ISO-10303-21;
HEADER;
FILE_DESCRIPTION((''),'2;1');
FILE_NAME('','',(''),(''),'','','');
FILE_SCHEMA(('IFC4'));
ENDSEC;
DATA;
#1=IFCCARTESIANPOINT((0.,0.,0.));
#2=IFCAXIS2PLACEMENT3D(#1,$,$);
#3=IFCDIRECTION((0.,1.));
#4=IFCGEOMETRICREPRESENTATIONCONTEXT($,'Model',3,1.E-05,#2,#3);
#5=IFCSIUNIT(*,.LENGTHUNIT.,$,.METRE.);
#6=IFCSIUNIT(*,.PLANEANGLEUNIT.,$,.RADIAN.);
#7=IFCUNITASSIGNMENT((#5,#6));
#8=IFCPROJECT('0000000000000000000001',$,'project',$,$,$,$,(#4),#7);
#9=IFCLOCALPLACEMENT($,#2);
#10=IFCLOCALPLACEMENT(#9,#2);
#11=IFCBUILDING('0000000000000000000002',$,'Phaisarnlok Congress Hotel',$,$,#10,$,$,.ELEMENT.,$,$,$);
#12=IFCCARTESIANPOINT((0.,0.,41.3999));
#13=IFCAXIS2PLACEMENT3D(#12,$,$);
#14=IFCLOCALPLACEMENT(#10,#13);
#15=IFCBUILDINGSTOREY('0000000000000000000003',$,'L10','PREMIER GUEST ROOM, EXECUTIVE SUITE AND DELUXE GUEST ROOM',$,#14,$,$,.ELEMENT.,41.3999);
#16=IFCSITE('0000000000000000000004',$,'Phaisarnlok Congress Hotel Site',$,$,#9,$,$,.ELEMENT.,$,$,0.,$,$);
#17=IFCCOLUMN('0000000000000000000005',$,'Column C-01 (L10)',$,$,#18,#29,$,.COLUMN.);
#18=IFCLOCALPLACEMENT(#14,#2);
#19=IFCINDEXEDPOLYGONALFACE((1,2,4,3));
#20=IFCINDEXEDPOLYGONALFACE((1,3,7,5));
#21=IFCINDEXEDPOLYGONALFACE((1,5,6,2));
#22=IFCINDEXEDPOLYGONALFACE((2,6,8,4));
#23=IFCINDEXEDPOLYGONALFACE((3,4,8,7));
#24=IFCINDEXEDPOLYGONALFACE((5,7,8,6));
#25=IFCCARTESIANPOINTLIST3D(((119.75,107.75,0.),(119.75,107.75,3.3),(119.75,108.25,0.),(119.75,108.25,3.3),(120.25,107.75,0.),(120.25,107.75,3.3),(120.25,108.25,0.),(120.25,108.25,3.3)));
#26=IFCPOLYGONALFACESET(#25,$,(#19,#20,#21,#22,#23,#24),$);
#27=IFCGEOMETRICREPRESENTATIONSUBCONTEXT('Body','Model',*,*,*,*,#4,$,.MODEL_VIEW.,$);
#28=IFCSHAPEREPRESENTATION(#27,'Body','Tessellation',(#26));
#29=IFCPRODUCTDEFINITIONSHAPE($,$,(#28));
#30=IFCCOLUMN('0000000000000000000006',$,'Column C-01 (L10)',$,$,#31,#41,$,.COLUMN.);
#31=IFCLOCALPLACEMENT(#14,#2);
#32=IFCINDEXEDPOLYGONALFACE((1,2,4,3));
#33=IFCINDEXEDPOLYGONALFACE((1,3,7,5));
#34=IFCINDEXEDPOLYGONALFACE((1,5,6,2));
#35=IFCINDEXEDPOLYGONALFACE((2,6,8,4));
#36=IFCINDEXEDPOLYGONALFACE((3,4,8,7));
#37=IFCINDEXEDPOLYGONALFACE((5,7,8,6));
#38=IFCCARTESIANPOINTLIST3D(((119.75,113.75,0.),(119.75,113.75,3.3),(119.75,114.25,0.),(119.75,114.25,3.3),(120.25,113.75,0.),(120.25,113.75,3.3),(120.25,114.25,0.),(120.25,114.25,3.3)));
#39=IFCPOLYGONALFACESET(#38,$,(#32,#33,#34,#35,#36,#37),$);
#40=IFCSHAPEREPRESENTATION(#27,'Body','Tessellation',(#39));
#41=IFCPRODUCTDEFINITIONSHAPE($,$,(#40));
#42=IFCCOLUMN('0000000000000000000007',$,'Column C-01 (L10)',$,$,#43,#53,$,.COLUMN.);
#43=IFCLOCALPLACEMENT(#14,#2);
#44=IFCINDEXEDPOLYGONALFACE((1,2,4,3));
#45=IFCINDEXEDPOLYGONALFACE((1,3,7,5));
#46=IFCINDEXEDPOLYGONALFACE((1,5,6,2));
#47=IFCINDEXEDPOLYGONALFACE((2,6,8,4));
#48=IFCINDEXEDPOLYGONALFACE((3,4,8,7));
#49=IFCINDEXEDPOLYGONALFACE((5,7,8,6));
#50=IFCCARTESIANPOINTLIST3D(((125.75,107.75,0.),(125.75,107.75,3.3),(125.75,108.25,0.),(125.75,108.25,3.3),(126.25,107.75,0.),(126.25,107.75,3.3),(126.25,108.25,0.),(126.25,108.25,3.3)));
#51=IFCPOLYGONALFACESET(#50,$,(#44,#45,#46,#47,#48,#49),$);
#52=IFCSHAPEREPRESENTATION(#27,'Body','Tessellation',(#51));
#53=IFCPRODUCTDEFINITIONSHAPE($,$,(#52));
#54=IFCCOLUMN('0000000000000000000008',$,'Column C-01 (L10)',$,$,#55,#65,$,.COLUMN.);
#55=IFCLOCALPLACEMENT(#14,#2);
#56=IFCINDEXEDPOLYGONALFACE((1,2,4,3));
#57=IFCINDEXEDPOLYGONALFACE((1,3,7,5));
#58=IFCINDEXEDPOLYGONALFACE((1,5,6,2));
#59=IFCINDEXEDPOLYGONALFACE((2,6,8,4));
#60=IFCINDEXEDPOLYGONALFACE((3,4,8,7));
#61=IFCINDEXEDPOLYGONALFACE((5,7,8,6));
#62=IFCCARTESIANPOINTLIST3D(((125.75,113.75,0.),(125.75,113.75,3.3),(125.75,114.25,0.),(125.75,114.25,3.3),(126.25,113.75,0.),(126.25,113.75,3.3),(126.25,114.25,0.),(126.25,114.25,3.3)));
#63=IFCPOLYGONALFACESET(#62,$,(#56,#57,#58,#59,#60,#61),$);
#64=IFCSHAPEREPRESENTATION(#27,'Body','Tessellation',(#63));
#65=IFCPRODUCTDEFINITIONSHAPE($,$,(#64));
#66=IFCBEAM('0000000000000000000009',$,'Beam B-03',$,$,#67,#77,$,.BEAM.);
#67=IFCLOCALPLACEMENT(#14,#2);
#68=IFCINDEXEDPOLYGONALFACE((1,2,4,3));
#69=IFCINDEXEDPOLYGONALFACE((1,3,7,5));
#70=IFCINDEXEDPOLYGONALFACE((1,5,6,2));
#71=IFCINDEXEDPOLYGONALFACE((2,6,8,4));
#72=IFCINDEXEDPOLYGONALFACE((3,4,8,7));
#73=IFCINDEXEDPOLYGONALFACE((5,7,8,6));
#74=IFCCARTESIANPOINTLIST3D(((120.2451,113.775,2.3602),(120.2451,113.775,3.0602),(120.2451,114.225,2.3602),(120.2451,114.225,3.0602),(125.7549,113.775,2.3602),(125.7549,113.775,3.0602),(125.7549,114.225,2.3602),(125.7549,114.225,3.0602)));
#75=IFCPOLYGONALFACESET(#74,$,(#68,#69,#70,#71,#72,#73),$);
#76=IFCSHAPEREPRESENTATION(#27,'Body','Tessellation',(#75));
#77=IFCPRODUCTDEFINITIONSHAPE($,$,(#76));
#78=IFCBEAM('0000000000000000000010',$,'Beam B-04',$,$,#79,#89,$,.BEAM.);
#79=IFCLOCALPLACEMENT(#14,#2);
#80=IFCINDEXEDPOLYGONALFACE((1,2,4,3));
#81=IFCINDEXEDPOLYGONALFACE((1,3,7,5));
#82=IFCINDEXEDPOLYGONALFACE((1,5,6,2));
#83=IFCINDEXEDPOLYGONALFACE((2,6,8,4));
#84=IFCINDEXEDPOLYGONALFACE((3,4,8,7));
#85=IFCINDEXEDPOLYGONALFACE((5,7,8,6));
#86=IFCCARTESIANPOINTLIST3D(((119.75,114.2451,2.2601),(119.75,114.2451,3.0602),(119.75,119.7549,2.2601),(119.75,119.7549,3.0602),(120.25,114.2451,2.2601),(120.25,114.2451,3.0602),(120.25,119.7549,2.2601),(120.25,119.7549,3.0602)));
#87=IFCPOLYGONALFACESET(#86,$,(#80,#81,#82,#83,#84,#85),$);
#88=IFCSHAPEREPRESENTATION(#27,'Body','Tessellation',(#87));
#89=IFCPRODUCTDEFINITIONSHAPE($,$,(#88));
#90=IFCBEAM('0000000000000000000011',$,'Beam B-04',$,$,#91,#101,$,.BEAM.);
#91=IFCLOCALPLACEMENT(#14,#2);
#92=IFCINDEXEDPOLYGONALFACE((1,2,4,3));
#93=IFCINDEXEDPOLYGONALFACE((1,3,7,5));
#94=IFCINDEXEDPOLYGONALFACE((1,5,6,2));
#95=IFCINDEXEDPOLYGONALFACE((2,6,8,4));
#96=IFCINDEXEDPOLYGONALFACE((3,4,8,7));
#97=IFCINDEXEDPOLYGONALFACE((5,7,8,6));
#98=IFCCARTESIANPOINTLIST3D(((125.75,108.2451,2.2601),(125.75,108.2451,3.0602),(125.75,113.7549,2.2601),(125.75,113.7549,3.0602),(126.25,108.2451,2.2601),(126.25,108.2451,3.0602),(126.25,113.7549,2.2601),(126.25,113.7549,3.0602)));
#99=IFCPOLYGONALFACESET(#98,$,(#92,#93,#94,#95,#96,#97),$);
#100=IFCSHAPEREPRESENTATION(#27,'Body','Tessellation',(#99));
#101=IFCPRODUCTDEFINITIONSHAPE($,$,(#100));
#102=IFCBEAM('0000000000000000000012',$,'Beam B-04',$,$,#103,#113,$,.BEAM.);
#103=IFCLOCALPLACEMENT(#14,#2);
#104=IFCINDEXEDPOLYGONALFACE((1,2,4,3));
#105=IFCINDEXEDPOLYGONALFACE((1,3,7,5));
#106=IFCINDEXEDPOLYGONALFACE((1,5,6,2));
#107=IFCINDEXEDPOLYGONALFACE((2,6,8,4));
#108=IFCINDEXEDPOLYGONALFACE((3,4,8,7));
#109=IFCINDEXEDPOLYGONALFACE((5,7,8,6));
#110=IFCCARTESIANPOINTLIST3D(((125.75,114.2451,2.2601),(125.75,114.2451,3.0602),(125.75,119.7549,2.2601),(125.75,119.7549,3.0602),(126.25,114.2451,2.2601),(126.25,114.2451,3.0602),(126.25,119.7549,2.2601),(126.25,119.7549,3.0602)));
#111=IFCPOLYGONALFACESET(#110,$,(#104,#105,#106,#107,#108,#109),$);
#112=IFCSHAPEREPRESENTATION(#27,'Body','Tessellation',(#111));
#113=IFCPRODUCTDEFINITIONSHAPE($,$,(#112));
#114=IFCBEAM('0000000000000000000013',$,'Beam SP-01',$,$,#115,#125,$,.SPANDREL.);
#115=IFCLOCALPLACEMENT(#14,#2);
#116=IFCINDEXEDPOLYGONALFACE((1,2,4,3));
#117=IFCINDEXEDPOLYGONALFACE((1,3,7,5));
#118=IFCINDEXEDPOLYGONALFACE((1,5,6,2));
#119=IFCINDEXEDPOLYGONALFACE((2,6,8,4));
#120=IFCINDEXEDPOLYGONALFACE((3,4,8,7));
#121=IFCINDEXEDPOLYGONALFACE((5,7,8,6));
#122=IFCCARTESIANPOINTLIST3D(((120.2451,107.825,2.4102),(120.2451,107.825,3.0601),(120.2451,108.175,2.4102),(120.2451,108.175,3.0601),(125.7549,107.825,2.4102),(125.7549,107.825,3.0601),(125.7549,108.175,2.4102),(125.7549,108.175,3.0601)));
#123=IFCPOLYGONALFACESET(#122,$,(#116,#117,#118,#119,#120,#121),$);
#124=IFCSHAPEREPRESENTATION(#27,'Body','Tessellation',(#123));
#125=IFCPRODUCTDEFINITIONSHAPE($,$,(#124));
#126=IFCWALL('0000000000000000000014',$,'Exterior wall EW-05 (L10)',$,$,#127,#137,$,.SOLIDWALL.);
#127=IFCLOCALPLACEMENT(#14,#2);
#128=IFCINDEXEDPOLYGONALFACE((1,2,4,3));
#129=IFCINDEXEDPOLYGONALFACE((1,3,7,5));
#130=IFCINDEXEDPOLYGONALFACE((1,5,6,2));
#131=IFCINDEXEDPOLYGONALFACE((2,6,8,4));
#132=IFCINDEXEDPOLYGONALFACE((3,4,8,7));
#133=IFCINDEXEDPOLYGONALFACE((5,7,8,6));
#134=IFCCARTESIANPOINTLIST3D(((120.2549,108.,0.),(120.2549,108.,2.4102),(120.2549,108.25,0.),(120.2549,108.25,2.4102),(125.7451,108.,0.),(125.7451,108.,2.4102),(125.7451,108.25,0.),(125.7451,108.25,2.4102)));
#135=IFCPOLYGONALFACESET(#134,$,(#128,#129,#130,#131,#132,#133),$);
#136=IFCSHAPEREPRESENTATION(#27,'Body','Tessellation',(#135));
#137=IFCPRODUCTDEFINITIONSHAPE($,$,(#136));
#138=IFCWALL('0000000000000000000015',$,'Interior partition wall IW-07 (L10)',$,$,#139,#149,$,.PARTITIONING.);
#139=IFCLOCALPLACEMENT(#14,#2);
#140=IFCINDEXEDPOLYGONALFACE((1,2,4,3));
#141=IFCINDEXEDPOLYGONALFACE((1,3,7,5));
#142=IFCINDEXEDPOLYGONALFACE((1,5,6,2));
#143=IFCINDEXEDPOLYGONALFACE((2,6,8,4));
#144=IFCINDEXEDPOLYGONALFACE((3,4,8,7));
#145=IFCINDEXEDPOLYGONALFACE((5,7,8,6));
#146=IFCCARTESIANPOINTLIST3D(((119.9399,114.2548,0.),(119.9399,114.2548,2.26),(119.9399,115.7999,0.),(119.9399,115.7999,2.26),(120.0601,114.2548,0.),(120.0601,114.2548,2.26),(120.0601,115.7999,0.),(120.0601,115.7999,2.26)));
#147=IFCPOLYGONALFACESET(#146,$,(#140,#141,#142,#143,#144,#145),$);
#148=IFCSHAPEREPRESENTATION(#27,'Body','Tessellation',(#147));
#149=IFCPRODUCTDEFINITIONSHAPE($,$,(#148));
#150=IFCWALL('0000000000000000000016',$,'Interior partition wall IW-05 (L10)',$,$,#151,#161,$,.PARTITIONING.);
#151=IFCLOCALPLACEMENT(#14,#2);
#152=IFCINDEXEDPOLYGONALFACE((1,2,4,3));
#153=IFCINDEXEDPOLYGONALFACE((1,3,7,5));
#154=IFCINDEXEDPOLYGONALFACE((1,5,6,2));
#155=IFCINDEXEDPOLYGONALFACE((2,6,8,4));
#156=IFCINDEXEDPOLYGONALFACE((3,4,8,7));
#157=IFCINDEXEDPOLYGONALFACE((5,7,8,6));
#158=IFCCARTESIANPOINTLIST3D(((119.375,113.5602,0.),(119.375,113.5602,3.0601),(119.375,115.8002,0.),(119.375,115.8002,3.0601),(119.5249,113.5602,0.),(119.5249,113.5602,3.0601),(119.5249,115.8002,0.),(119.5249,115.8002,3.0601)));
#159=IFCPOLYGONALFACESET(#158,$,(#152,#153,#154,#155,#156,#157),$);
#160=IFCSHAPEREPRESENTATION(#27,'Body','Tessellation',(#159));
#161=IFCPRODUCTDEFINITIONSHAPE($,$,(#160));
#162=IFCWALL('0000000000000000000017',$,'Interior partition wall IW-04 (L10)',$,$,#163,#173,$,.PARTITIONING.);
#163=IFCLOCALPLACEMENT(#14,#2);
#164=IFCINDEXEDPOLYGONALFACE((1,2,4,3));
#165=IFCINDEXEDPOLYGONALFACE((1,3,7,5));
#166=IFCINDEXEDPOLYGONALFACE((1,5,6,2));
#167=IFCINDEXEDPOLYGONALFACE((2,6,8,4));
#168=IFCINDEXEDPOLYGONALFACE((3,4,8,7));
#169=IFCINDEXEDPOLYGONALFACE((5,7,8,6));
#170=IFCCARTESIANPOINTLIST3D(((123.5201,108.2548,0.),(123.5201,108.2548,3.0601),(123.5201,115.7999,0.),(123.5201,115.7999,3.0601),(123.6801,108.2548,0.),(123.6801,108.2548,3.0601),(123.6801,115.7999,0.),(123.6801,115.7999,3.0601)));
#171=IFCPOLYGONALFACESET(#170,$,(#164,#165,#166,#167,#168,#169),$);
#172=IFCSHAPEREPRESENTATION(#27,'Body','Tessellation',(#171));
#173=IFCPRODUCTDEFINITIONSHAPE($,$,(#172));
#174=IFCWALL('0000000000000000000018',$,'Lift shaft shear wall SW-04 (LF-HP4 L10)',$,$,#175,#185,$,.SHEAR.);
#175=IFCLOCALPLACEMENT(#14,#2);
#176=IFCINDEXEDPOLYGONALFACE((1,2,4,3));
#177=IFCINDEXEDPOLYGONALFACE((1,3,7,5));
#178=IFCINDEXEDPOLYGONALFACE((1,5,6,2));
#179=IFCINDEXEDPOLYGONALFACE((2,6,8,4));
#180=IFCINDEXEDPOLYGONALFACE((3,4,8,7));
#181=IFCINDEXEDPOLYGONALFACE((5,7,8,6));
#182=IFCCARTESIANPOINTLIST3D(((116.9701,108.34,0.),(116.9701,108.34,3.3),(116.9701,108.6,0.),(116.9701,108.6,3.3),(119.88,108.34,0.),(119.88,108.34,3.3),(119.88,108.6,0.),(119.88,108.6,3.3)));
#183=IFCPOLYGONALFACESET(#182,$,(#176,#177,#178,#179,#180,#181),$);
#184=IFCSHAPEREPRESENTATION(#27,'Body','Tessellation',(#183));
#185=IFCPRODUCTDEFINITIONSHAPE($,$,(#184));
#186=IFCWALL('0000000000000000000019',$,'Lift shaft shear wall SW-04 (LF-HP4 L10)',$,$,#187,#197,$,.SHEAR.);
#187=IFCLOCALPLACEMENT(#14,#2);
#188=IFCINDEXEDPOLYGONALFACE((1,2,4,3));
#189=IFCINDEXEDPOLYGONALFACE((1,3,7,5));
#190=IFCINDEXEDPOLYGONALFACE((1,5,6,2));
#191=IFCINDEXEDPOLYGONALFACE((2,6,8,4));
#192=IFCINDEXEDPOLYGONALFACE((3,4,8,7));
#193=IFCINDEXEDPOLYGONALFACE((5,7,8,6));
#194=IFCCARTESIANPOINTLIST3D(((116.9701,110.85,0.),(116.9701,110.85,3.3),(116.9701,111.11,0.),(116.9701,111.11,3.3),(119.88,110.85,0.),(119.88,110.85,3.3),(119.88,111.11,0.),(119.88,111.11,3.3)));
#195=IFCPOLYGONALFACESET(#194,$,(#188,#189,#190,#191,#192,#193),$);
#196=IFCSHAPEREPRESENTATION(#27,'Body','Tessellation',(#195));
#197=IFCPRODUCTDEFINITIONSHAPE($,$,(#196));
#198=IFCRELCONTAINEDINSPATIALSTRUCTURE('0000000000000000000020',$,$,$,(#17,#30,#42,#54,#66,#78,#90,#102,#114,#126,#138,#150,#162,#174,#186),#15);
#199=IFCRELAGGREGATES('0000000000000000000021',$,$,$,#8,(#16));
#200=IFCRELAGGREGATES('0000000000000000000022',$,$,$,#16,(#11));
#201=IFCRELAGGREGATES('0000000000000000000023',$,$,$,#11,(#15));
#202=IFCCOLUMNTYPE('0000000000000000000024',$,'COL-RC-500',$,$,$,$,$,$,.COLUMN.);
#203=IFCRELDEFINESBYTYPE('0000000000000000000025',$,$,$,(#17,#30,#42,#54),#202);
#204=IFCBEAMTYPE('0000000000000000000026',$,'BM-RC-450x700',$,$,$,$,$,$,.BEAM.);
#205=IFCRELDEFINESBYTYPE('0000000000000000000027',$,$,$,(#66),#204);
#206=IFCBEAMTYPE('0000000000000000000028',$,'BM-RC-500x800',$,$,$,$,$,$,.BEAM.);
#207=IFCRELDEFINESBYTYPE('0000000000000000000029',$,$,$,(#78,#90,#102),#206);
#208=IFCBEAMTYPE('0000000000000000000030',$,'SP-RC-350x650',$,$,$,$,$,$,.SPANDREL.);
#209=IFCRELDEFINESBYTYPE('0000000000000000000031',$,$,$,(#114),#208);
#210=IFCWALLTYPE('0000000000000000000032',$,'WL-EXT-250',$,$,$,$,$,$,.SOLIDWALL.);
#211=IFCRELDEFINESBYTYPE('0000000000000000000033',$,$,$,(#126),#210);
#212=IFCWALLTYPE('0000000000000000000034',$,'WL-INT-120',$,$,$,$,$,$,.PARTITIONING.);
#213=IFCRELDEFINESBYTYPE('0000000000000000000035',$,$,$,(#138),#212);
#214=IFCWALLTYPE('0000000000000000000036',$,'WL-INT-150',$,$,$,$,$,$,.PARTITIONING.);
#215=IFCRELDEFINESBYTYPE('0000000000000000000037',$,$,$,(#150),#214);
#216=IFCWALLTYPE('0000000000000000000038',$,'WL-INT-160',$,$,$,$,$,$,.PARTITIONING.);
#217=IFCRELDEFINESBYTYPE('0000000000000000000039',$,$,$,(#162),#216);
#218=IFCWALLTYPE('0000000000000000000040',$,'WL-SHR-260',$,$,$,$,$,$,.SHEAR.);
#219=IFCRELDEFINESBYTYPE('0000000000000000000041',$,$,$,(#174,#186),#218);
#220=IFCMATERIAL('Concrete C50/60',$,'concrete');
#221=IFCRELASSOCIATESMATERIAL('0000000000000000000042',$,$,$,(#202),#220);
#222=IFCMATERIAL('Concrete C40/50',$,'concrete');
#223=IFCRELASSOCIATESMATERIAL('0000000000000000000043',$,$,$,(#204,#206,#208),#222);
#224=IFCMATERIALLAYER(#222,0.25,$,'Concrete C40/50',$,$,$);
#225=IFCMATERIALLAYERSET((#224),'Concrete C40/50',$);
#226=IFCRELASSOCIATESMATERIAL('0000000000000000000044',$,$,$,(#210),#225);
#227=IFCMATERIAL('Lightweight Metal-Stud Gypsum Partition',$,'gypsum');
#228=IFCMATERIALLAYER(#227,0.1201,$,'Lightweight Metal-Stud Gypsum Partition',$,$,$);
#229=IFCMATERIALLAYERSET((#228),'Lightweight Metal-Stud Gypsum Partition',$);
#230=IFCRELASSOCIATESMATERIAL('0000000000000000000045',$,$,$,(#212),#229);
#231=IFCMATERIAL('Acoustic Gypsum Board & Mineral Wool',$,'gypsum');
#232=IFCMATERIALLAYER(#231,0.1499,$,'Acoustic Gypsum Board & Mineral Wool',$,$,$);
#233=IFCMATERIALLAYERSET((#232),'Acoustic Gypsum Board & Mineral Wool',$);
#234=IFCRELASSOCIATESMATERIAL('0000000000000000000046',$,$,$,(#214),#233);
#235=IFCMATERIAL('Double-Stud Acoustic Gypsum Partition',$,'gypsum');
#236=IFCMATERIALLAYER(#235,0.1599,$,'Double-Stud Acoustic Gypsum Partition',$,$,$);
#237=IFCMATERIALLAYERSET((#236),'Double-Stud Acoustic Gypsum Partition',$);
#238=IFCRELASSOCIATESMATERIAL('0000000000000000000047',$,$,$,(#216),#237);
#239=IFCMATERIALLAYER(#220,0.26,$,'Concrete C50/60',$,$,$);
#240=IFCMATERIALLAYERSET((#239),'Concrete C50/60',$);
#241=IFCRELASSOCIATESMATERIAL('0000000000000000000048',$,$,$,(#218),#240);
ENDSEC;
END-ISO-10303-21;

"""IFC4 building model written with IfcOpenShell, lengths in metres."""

from ifc_helpers import new_model, si_unit, direction, frame, frame_2d, origin, origin_2d, place, context, subcontext, project, spatial, rectangle, extrude, material, layer, layer_set, material_profile, profile_set, type_object, element, save


model = new_model("IFC4")

# Units and contexts
model_context = context("Model", 3, precision=1e-05, world=origin(), true_north=direction((0.0, 1.0)))
body_context = subcontext(model_context, "Body", "Model", "MODEL_VIEW")
ifc_project = project(units=[si_unit("LENGTHUNIT", "METRE"), si_unit("PLANEANGLEUNIT", "RADIAN")], contexts=[model_context])

# Site, building, storey
site_placement = place(None, origin())
site = spatial("IfcSite", under=ifc_project, at=site_placement, Name="Phaisarnlok Congress Hotel Site", CompositionType="ELEMENT", RefElevation=0.0)
building_placement = place(site_placement, origin())
building = spatial("IfcBuilding", under=site, at=building_placement, Name="Phaisarnlok Congress Hotel", CompositionType="ELEMENT")
storey_placement = place(building_placement, frame((0.0, 0.0, 41.3999)))
storey = spatial("IfcBuildingStorey", under=building, at=storey_placement, Name="L10", Description="PREMIER GUEST ROOM, EXECUTIVE SUITE AND DELUXE GUEST ROOM", CompositionType="ELEMENT", Elevation=41.3999)

# Columns
ifc_material_1 = material(Name="Concrete C50/60", Category="concrete")
ifc_material_profile_1 = material_profile(ifc_material_1, rectangle(XDim=0.5, YDim=0.5, at=origin_2d()), Name="RC 500x500")
ifc_profile_set_1 = profile_set([ifc_material_profile_1], Name="Concrete C50/60")
column_type = type_object("IfcColumnType", Name="COL-RC-500", PredefinedType="COLUMN", material=ifc_profile_set_1)
for number, where, z_axis, x_axis, name in (
    (1, (120.0, 108.0, 0.0), (0.0, 0.0, 1.0), (1.0, 0.0, 0.0), "Column C-01 (L10)"),
    (2, (120.0, 114.0, 0.0), (0.0, 0.0, 1.0), (1.0, 0.0, 0.0), "Column C-01 (L10)"),
    (3, (126.0, 108.0, 0.0), (0.0, 0.0, 1.0), (1.0, 0.0, 0.0), "Column C-01 (L10)"),
    (4, (126.0, 114.0, 0.0), (0.0, 0.0, 1.0), (1.0, 0.0, 0.0), "Column C-01 (L10)"),
):
    element("IfcColumn", number, at=place(storey_placement, frame(where, z_axis=z_axis, x_axis=x_axis)), inside=storey, type_object=column_type, Name=name, PredefinedType="COLUMN", context=body_context, shape_type="SweptSolid", body=[
        extrude(rectangle(XDim=0.5, YDim=0.5, at=origin_2d()), origin(), (0.0, 0.0, 1.0), 3.3),
    ])

# Beams
ifc_material_2 = material(Name="Concrete C40/50", Category="concrete")
ifc_material_profile_2 = material_profile(ifc_material_2, rectangle(XDim=0.45, YDim=0.7, at=origin_2d()), Name="RC 450x700")
ifc_profile_set_2 = profile_set([ifc_material_profile_2], Name="Concrete C40/50")
beam_type_1 = type_object("IfcBeamType", Name="BM-RC-450x700", PredefinedType="BEAM", material=ifc_profile_set_2)
beam_1_placement = place(storey_placement, frame((120.2451, 114.0, 2.7102), z_axis=(1.0, 0.0, 0.0), x_axis=(0.0, 1.0, 0.0)))
element("IfcBeam", 5, at=beam_1_placement, inside=storey, type_object=beam_type_1, Name="Beam B-03", PredefinedType="BEAM", context=body_context, shape_type="SweptSolid", body=[
    extrude(rectangle(XDim=0.45, YDim=0.7, at=origin_2d()), origin(), (0.0, 0.0, 1.0), 5.5098),
])
ifc_material_profile_3 = material_profile(ifc_material_2, rectangle(XDim=0.5, YDim=0.8, at=origin_2d()), Name="RC 500x800")
ifc_profile_set_3 = profile_set([ifc_material_profile_3], Name="Concrete C40/50")
beam_type_2 = type_object("IfcBeamType", Name="BM-RC-500x800", PredefinedType="BEAM", material=ifc_profile_set_3)
for number, where, z_axis, x_axis, name in (
    (6, (120.0, 114.2451, 2.6602), (0.0, 1.0, 0.0), (-1.0, 0.0, 0.0), "Beam B-04"),
    (7, (126.0, 108.2451, 2.6602), (0.0, 1.0, 0.0), (-1.0, 0.0, 0.0), "Beam B-04"),
    (8, (126.0, 114.2451, 2.6602), (0.0, 1.0, 0.0), (-1.0, 0.0, 0.0), "Beam B-04"),
):
    element("IfcBeam", number, at=place(storey_placement, frame(where, z_axis=z_axis, x_axis=x_axis)), inside=storey, type_object=beam_type_2, Name=name, PredefinedType="BEAM", context=body_context, shape_type="SweptSolid", body=[
        extrude(rectangle(XDim=0.5, YDim=0.8, at=origin_2d()), origin(), (0.0, 0.0, 1.0), 5.5098),
    ])
ifc_material_profile_4 = material_profile(ifc_material_2, rectangle(XDim=0.3501, YDim=0.6499, at=origin_2d()), Name="RC 350x650")
ifc_profile_set_4 = profile_set([ifc_material_profile_4], Name="Concrete C40/50")
beam_type_3 = type_object("IfcBeamType", Name="SP-RC-350x650", PredefinedType="SPANDREL", material=ifc_profile_set_4)
beam_2_placement = place(storey_placement, frame((120.2451, 108.0, 2.7351), z_axis=(1.0, 0.0, 0.0), x_axis=(0.0, 1.0, 0.0)))
element("IfcBeam", 9, at=beam_2_placement, inside=storey, type_object=beam_type_3, Name="Beam SP-01", PredefinedType="SPANDREL", context=body_context, shape_type="SweptSolid", body=[
    extrude(rectangle(XDim=0.3501, YDim=0.6499, at=origin_2d()), origin(), (0.0, 0.0, 1.0), 5.5098),
])

# Walls
ifc_layer_1 = layer(ifc_material_2, 0.25, Name="Concrete C40/50")
ifc_layer_set_1 = layer_set([ifc_layer_1], Name="Concrete C40/50")
wall_type_1 = type_object("IfcWallType", Name="WL-EXT-250", PredefinedType="SOLIDWALL", material=ifc_layer_set_1)
wall_1_placement = place(storey_placement, frame((120.2549, 108.125, 0.0), z_axis=(0.0, 0.0, 1.0), x_axis=(1.0, 0.0, 0.0)))
element("IfcWall", 10, at=wall_1_placement, inside=storey, type_object=wall_type_1, Name="Exterior wall EW-05 (L10)", PredefinedType="SOLIDWALL", context=body_context, shape_type="SweptSolid", body=[
    extrude(rectangle(XDim=5.4902, YDim=0.25, at=frame_2d((2.7451, 0.0))), origin(), (0.0, 0.0, 1.0), 2.4102),
])
ifc_material_3 = material(Name="Lightweight Metal-Stud Gypsum Partition", Category="gypsum")
ifc_layer_2 = layer(ifc_material_3, 0.1201, Name="Lightweight Metal-Stud Gypsum Partition")
ifc_layer_set_2 = layer_set([ifc_layer_2], Name="Lightweight Metal-Stud Gypsum Partition")
wall_type_2 = type_object("IfcWallType", Name="WL-INT-120", PredefinedType="PARTITIONING", material=ifc_layer_set_2)
wall_2_placement = place(storey_placement, frame((120.0, 114.2549, 0.0), z_axis=(0.0, 0.0, 1.0), x_axis=(0.0, 1.0, 0.0)))
element("IfcWall", 11, at=wall_2_placement, inside=storey, type_object=wall_type_2, Name="Interior partition wall IW-07 (L10)", PredefinedType="PARTITIONING", context=body_context, shape_type="SweptSolid", body=[
    extrude(rectangle(XDim=1.5452, YDim=0.1201, at=frame_2d((0.7725, 0.0))), origin(), (0.0, 0.0, 1.0), 2.26),
])
ifc_material_4 = material(Name="Acoustic Gypsum Board & Mineral Wool", Category="gypsum")
ifc_layer_3 = layer(ifc_material_4, 0.1499, Name="Acoustic Gypsum Board & Mineral Wool")
ifc_layer_set_3 = layer_set([ifc_layer_3], Name="Acoustic Gypsum Board & Mineral Wool")
wall_type_3 = type_object("IfcWallType", Name="WL-INT-150", PredefinedType="PARTITIONING", material=ifc_layer_set_3)
wall_3_placement = place(storey_placement, frame((119.45, 113.5601, 0.0), z_axis=(0.0, 0.0, 1.0), x_axis=(0.0, 1.0, 0.0)))
element("IfcWall", 12, at=wall_3_placement, inside=storey, type_object=wall_type_3, Name="Interior partition wall IW-05 (L10)", PredefinedType="PARTITIONING", context=body_context, shape_type="SweptSolid", body=[
    extrude(rectangle(XDim=2.24, YDim=0.1499, at=frame_2d((1.1201, 0.0))), origin(), (0.0, 0.0, 1.0), 3.0601),
])
ifc_material_5 = material(Name="Double-Stud Acoustic Gypsum Partition", Category="gypsum")
ifc_layer_4 = layer(ifc_material_5, 0.1599, Name="Double-Stud Acoustic Gypsum Partition")
ifc_layer_set_4 = layer_set([ifc_layer_4], Name="Double-Stud Acoustic Gypsum Partition")
wall_type_4 = type_object("IfcWallType", Name="WL-INT-160", PredefinedType="PARTITIONING", material=ifc_layer_set_4)
wall_4_placement = place(storey_placement, frame((123.6001, 108.2549, 0.0), z_axis=(0.0, 0.0, 1.0), x_axis=(0.0, 1.0, 0.0)))
element("IfcWall", 13, at=wall_4_placement, inside=storey, type_object=wall_type_4, Name="Interior partition wall IW-04 (L10)", PredefinedType="PARTITIONING", context=body_context, shape_type="SweptSolid", body=[
    extrude(rectangle(XDim=7.5452, YDim=0.1599, at=frame_2d((3.7725, 0.0))), origin(), (0.0, 0.0, 1.0), 3.0601),
])
ifc_layer_5 = layer(ifc_material_1, 0.26, Name="Concrete C50/60")
ifc_layer_set_5 = layer_set([ifc_layer_5], Name="Concrete C50/60")
wall_type_5 = type_object("IfcWallType", Name="WL-SHR-260", PredefinedType="SHEAR", material=ifc_layer_set_5)
for number, where, z_axis, x_axis, name in (
    (14, (116.97, 108.47, 0.0), (0.0, 0.0, 1.0), (1.0, 0.0, 0.0), "Lift shaft shear wall SW-04 (LF-HP4 L10)"),
    (15, (116.97, 110.98, 0.0), (0.0, 0.0, 1.0), (1.0, 0.0, 0.0), "Lift shaft shear wall SW-04 (LF-HP4 L10)"),
):
    element("IfcWall", number, at=place(storey_placement, frame(where, z_axis=z_axis, x_axis=x_axis)), inside=storey, type_object=wall_type_5, Name=name, PredefinedType="SHEAR", context=body_context, shape_type="SweptSolid", body=[
        extrude(rectangle(XDim=2.9099, YDim=0.26, at=frame_2d((1.4551, 0.0))), origin(), (0.0, 0.0, 1.0), 3.3),
    ])

save(model, "model.ifc")
